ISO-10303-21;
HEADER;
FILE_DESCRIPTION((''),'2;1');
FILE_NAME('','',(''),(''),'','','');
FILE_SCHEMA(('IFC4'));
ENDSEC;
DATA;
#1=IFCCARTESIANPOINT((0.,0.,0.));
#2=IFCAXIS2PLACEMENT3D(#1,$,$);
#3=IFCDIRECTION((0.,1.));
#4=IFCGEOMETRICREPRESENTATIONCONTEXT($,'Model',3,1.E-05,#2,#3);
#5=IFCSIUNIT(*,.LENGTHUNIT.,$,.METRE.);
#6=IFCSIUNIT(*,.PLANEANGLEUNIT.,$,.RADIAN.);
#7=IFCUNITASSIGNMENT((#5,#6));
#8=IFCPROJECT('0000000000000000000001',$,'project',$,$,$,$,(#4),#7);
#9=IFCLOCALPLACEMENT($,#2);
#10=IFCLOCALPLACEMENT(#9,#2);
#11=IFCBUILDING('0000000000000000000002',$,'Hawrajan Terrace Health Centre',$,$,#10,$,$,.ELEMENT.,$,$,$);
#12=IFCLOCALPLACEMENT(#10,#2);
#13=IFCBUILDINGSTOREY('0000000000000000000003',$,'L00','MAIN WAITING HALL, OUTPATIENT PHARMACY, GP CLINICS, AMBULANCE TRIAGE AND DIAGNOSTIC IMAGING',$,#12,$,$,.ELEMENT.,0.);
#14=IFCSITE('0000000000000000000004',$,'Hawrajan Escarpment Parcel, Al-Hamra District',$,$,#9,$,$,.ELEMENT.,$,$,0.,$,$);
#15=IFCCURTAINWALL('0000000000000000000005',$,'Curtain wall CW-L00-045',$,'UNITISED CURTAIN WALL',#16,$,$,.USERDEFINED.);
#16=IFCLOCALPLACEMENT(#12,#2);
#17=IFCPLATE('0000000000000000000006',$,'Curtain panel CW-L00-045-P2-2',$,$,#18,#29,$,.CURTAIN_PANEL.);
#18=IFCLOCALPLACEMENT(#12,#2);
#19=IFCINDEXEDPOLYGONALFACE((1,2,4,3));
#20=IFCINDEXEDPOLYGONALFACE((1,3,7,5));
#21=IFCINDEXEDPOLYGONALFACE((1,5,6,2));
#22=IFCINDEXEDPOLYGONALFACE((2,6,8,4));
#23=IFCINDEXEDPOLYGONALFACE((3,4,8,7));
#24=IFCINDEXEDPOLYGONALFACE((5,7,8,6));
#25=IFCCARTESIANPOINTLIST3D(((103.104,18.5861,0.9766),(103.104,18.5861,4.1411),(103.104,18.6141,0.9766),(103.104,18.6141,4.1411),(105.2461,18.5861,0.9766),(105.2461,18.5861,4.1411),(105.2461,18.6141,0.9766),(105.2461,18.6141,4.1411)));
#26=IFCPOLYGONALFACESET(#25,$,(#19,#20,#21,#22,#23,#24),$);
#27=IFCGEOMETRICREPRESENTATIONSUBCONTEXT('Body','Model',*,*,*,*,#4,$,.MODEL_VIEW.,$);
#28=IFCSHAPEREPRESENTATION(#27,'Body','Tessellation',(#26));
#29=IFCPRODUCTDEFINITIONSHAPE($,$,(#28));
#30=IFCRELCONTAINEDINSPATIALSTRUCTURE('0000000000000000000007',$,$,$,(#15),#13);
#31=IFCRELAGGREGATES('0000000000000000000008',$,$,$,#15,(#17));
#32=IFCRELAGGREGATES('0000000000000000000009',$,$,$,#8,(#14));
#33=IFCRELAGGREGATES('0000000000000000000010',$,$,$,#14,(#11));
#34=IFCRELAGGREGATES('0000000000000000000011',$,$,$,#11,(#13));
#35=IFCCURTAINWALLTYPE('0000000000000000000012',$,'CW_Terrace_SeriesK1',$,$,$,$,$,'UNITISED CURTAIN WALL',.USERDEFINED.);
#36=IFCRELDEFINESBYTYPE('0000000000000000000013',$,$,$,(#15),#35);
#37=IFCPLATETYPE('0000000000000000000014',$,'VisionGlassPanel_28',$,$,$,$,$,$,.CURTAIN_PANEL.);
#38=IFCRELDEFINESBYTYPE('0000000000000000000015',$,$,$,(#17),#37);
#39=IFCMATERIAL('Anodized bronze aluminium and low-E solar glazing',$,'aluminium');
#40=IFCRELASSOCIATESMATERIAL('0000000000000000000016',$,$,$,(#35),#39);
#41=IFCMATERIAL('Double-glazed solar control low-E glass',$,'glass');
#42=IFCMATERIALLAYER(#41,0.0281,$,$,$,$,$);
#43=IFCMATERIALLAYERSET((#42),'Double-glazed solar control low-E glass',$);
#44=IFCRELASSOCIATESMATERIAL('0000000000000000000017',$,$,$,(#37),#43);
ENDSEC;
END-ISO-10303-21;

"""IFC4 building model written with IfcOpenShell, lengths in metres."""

from ifc_helpers import new_model, si_unit, direction, frame, origin, origin_2d, place, context, subcontext, project, spatial, rectangle, extrude, material, layer, layer_set, type_object, element, aggregate, save


model = new_model("IFC4")

# Units and contexts
model_context = context("Model", 3, precision=1e-05, world=origin(), true_north=direction((0.0, 1.0)))
body_context = subcontext(model_context, "Body", "Model", "MODEL_VIEW")
ifc_project = project(units=[si_unit("LENGTHUNIT", "METRE"), si_unit("PLANEANGLEUNIT", "RADIAN")], contexts=[model_context])

# Site, building, storey
site_placement = place(None, origin())
site = spatial("IfcSite", under=ifc_project, at=site_placement, Name="Hawrajan Escarpment Parcel, Al-Hamra District", CompositionType="ELEMENT", RefElevation=0.0)
building_placement = place(site_placement, origin())
building = spatial("IfcBuilding", under=site, at=building_placement, Name="Hawrajan Terrace Health Centre", CompositionType="ELEMENT")
storey_placement = place(building_placement, origin())
storey = spatial("IfcBuildingStorey", under=building, at=storey_placement, Name="L00", Description="MAIN WAITING HALL, OUTPATIENT PHARMACY, GP CLINICS, AMBULANCE TRIAGE AND DIAGNOSTIC IMAGING", CompositionType="ELEMENT", Elevation=0.0)

# Shared definitions
ifc_material_1 = material(Name="Anodized bronze aluminium and low-E solar glazing", Category="aluminium")

# Curtain wall
curtain_wall_type_1 = type_object("IfcCurtainWallType", Name="CW_Terrace_SeriesK1", ElementType="UNITISED CURTAIN WALL", PredefinedType="USERDEFINED", material=ifc_material_1)
curtain_wall_1_placement = place(storey_placement, origin())
curtain_wall_1 = element("IfcCurtainWall", 1, at=curtain_wall_1_placement, inside=storey, type_object=curtain_wall_type_1, Name="Curtain wall CW-L00-045", ObjectType="UNITISED CURTAIN WALL", PredefinedType="USERDEFINED")

# Plate
ifc_material_2 = material(Name="Double-glazed solar control low-E glass", Category="glass")
ifc_layer_1 = layer(ifc_material_2, 0.0281)
ifc_layer_set_1 = layer_set([ifc_layer_1], Name="Double-glazed solar control low-E glass")
plate_type_1 = type_object("IfcPlateType", Name="VisionGlassPanel_28", PredefinedType="CURTAIN_PANEL", material=ifc_layer_set_1)
plate_1_placement = place(storey_placement, frame((104.175, 18.6001, 0.9766), z_axis=(0.0, 0.0, 1.0), x_axis=(1.0, 0.0, 0.0)))
plate_1 = element("IfcPlate", 2, at=plate_1_placement, type_object=plate_type_1, Name="Curtain panel CW-L00-045-P2-2", PredefinedType="CURTAIN_PANEL", context=body_context, shape_type="SweptSolid", body=[
    extrude(rectangle(XDim=2.1421, YDim=0.0281, at=origin_2d()), origin(), (0.0, 0.0, 1.0), 3.1646),
])
aggregate(curtain_wall_1, [plate_1])

save(model, "model.ifc")
